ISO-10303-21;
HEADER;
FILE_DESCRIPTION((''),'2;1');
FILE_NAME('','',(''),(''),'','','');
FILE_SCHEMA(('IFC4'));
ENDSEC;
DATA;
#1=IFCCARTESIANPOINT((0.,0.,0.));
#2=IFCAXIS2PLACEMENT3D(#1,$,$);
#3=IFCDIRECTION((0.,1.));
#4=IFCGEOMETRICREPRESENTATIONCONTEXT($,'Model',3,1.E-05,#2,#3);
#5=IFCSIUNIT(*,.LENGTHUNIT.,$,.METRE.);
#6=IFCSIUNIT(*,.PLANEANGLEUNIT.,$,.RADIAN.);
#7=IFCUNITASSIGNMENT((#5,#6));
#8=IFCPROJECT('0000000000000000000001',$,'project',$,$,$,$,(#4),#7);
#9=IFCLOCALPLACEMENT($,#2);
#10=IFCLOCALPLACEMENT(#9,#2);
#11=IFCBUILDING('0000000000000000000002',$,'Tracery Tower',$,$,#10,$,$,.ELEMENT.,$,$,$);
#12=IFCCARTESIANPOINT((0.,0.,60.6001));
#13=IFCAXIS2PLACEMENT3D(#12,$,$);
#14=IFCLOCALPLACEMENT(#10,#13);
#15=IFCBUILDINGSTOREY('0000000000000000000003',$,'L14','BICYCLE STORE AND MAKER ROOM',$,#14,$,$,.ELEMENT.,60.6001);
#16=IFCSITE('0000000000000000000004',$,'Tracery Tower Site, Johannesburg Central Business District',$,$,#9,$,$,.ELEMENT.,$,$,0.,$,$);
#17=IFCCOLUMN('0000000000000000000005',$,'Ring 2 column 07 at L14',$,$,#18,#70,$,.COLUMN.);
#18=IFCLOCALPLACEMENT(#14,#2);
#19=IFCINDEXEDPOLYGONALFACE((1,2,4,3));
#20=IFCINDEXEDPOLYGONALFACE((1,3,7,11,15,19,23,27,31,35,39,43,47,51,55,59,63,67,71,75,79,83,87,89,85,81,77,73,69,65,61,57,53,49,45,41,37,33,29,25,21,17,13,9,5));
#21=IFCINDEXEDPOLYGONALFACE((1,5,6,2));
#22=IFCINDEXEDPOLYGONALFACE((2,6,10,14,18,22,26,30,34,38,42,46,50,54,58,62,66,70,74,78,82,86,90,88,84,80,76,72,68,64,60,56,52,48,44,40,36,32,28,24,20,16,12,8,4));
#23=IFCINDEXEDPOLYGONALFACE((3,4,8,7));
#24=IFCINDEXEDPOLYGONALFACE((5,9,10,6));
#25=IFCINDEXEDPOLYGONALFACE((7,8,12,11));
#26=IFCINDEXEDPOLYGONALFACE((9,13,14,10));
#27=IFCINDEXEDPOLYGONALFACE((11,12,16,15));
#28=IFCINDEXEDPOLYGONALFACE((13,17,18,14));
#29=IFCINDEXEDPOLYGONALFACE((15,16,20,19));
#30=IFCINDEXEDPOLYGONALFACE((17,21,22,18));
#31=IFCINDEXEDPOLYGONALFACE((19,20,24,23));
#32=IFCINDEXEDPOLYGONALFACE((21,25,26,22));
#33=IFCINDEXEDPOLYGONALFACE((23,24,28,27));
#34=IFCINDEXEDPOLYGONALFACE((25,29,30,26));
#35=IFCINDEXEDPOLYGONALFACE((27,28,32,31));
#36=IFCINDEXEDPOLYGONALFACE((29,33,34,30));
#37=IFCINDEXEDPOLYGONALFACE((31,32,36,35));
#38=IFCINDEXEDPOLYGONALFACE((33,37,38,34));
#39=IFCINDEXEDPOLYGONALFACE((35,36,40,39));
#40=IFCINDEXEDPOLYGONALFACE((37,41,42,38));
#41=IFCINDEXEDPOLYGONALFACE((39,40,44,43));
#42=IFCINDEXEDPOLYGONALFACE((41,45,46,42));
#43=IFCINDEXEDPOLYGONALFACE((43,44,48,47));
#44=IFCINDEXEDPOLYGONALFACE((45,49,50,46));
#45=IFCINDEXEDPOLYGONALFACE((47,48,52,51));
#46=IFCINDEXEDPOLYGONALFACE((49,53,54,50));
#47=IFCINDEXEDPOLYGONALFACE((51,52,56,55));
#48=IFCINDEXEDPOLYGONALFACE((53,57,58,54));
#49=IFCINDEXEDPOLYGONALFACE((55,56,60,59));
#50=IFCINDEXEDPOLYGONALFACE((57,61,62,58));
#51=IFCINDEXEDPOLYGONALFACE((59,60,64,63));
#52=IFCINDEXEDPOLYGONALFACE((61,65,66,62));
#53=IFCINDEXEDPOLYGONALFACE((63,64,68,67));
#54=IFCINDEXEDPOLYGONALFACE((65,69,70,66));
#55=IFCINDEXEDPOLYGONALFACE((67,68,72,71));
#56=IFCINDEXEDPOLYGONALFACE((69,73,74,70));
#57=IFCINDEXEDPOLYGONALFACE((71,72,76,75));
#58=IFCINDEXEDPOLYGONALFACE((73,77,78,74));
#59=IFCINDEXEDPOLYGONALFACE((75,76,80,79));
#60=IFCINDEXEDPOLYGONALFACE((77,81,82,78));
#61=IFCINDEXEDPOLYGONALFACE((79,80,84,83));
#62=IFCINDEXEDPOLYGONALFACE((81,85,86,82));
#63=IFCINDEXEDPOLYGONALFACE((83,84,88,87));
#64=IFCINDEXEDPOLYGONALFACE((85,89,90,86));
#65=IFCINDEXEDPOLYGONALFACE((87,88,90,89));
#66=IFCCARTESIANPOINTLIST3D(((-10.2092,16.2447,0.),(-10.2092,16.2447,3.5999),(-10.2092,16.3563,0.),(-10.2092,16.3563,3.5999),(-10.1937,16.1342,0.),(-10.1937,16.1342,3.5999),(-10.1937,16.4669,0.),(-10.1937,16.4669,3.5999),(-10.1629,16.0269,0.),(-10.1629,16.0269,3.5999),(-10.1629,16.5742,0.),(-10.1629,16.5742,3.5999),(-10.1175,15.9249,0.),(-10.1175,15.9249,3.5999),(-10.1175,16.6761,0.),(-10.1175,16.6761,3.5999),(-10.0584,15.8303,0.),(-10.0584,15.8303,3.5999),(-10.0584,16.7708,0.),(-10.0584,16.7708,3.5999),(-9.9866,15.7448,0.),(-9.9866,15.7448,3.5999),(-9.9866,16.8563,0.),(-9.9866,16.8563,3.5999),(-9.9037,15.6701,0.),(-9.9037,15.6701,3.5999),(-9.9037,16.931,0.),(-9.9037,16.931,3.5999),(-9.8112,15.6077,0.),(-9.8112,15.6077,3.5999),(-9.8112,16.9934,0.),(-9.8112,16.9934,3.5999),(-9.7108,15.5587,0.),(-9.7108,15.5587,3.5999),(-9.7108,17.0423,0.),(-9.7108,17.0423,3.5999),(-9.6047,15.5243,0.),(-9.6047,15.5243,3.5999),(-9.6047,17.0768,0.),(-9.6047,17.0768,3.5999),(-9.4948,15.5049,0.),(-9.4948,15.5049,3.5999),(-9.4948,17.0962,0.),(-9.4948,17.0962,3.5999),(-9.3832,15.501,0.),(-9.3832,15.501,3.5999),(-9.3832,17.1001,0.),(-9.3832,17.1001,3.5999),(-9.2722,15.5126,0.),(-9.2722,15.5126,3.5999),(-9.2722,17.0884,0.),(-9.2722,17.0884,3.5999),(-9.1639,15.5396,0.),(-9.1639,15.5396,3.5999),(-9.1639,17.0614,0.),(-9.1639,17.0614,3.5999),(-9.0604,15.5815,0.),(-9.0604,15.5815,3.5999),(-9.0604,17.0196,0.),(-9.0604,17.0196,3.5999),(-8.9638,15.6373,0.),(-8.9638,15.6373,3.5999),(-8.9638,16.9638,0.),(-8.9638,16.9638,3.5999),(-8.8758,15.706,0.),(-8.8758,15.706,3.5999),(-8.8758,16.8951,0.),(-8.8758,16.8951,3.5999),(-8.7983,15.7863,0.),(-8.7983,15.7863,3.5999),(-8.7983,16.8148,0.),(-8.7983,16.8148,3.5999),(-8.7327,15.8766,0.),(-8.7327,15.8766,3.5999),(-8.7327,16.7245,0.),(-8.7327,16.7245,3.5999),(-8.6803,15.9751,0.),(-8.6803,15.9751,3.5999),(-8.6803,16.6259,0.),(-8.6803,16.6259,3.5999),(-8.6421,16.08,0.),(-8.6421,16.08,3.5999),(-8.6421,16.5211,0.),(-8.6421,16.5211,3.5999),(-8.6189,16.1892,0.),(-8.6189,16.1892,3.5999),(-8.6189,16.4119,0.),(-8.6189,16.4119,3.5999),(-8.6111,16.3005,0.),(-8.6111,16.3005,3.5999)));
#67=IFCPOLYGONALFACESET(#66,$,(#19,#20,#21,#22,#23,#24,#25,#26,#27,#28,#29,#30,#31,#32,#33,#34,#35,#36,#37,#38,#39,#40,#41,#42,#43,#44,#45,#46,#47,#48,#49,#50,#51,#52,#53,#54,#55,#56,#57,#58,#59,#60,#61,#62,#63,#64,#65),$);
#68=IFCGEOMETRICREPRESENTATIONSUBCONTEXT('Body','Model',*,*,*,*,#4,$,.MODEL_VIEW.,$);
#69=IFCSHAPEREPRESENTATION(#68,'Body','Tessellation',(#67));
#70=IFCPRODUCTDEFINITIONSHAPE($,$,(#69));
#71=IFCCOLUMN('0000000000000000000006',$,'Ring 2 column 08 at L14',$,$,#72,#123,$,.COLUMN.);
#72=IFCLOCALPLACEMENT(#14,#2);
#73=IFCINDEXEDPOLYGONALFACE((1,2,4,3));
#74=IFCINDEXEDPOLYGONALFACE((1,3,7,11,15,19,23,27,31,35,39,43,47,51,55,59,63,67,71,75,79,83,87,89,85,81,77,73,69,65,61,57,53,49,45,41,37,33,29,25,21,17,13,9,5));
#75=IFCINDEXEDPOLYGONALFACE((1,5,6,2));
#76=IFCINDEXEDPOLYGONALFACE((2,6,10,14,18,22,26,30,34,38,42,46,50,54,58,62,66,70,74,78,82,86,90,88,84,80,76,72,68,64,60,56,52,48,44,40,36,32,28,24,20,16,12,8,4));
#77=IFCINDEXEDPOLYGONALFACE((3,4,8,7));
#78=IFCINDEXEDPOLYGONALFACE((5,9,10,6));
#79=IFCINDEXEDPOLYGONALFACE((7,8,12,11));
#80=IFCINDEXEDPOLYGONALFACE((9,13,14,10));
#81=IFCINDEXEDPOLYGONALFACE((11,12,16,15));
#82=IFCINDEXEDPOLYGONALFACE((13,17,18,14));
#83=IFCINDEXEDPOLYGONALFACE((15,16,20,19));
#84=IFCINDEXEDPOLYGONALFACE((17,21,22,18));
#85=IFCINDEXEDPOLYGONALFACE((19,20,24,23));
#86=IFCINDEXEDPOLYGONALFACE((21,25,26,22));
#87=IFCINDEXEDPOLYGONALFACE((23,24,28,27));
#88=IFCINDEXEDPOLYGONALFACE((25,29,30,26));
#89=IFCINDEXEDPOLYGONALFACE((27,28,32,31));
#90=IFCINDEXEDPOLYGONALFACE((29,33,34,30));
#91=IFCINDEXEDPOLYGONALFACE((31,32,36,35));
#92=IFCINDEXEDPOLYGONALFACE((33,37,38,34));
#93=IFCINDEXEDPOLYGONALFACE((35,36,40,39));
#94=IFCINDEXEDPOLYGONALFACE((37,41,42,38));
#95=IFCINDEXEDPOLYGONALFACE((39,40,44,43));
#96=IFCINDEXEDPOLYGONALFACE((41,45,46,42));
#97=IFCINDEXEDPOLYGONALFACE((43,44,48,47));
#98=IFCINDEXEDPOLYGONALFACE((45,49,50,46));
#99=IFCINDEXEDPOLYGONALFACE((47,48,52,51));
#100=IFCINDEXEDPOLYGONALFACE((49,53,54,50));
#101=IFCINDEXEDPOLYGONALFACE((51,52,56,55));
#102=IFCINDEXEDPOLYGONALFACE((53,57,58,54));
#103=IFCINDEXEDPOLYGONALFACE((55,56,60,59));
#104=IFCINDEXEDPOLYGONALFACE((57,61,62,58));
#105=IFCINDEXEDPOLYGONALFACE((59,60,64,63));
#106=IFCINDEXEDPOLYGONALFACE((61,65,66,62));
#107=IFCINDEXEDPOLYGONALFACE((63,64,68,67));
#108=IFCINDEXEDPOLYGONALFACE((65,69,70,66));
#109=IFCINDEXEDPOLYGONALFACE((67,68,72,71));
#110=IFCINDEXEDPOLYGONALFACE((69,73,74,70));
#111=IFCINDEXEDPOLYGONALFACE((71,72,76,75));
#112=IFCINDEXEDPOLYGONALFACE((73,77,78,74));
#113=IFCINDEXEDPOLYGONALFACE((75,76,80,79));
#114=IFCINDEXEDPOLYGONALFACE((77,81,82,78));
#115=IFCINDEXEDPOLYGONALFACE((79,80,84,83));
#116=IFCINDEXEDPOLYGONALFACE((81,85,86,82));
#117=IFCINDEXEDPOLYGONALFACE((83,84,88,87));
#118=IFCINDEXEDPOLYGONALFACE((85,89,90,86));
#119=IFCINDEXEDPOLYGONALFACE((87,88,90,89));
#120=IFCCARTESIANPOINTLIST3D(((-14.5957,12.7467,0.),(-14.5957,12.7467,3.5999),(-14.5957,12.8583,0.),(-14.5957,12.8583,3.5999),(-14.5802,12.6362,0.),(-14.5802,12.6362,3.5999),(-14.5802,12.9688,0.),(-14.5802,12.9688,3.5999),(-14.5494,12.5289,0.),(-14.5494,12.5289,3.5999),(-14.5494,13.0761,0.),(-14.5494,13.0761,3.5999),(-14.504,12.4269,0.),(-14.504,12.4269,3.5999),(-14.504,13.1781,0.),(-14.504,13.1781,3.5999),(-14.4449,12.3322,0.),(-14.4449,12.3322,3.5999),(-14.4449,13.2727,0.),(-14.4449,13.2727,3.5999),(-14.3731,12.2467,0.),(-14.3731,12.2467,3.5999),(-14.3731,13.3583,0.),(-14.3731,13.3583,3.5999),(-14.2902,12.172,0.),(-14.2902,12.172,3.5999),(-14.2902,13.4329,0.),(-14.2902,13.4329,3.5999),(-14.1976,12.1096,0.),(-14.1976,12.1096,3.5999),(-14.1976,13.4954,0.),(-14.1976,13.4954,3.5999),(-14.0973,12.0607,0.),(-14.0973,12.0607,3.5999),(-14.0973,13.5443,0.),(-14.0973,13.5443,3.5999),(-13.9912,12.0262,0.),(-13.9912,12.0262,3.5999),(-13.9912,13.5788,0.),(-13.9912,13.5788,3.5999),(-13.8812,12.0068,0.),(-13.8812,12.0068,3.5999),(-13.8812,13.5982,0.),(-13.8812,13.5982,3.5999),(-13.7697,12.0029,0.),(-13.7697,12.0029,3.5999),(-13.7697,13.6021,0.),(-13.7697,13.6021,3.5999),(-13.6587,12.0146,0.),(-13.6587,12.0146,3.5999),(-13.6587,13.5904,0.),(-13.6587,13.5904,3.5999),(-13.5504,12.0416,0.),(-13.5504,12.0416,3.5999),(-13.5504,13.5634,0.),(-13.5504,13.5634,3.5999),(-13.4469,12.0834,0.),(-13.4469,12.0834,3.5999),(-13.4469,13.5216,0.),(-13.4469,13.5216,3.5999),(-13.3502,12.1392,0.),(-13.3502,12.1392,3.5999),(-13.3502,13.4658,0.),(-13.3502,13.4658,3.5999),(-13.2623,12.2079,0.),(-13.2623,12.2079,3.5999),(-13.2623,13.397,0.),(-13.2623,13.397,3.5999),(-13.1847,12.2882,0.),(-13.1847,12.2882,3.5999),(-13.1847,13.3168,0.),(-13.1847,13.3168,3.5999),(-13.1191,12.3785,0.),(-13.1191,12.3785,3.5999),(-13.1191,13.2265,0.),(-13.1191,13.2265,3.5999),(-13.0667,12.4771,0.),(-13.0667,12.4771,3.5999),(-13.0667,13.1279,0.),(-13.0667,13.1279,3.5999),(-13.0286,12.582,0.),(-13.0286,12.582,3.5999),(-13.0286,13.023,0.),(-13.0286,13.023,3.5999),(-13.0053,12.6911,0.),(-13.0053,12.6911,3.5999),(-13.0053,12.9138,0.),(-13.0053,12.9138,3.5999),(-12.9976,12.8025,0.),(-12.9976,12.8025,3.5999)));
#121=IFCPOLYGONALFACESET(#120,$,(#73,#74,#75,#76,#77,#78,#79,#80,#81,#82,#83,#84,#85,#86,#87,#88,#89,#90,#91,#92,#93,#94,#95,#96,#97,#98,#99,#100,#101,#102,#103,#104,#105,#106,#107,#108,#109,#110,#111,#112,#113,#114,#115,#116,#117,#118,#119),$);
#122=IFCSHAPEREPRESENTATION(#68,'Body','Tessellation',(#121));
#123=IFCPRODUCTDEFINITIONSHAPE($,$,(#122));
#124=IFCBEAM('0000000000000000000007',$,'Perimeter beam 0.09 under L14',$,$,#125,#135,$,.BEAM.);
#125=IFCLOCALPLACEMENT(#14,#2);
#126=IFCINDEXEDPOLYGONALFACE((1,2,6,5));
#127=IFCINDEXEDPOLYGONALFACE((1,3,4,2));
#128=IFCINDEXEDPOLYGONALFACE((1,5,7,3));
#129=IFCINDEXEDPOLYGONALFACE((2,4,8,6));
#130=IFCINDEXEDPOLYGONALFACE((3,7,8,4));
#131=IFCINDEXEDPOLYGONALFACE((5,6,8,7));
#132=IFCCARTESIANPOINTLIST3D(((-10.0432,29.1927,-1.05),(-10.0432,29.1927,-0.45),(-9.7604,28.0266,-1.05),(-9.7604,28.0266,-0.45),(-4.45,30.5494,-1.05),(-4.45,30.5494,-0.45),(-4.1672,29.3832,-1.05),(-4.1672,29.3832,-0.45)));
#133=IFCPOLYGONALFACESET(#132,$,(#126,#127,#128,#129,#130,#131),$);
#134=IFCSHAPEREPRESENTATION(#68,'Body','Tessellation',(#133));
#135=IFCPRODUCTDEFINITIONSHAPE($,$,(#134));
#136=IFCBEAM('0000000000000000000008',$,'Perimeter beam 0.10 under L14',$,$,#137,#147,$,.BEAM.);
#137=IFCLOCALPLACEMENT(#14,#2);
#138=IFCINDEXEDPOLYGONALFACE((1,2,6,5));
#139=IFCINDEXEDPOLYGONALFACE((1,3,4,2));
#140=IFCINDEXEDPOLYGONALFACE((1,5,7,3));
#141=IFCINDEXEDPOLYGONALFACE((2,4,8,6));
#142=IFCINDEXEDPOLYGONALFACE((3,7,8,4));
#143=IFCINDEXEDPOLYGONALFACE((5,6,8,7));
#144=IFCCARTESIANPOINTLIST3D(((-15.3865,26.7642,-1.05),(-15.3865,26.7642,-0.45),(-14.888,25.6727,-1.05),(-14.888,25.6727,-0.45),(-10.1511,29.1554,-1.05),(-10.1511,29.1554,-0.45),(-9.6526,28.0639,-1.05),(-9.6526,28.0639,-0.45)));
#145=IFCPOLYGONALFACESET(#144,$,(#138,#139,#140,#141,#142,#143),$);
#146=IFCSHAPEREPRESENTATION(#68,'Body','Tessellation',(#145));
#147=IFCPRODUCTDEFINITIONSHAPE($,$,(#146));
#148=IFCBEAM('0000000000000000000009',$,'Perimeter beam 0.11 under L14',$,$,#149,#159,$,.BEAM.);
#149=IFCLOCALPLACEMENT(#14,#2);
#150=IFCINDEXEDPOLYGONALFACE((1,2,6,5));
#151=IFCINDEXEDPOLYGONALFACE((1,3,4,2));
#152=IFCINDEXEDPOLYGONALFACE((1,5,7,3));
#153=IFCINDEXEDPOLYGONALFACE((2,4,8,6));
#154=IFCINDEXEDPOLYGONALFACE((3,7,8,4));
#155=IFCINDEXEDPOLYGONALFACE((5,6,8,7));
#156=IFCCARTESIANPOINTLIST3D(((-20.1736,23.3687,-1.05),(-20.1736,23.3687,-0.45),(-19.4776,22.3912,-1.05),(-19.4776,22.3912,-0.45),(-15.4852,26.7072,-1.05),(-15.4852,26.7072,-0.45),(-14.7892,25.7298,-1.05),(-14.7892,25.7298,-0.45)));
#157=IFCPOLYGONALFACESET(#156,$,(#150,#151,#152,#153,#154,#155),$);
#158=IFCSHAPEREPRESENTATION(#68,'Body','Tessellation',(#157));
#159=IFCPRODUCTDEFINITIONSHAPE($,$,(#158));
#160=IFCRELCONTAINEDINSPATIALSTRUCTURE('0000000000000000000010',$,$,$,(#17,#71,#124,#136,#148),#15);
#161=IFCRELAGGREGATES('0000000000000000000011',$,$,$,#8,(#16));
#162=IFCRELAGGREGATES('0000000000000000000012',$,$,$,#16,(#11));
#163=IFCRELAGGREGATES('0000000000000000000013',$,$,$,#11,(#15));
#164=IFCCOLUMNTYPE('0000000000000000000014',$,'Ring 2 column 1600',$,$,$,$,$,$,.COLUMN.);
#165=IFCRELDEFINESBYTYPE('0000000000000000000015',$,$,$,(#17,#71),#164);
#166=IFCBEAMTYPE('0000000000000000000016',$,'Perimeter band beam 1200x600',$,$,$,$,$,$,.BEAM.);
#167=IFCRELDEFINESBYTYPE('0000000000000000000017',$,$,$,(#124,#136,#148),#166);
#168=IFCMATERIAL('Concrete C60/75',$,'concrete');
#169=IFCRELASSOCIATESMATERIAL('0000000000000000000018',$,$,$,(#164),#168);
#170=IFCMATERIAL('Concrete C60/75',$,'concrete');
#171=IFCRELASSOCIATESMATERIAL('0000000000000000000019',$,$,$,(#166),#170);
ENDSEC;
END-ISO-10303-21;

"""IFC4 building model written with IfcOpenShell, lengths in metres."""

from ifc_helpers import new_model, si_unit, direction, frame, origin, origin_2d, place, context, subcontext, project, spatial, rectangle, circle, extrude, material, material_profile, profile_set, type_object, element, save


model = new_model("IFC4")

# Units and contexts
model_context = context("Model", 3, precision=1e-05, world=origin(), true_north=direction((0.0, 1.0)))
body_context = subcontext(model_context, "Body", "Model", "MODEL_VIEW")
ifc_project = project(units=[si_unit("LENGTHUNIT", "METRE"), si_unit("PLANEANGLEUNIT", "RADIAN")], contexts=[model_context])

# Site, building, storey
site_placement = place(None, origin())
site = spatial("IfcSite", under=ifc_project, at=site_placement, Name="Tracery Tower Site, Johannesburg Central Business District", CompositionType="ELEMENT", RefElevation=0.0)
building_placement = place(site_placement, origin())
building = spatial("IfcBuilding", under=site, at=building_placement, Name="Tracery Tower", CompositionType="ELEMENT")
storey_placement = place(building_placement, frame((0.0, 0.0, 60.6001)))
storey = spatial("IfcBuildingStorey", under=building, at=storey_placement, Name="L14", Description="BICYCLE STORE AND MAKER ROOM", CompositionType="ELEMENT", Elevation=60.6001)

# Columns
ifc_material_1 = material(Name="Concrete C60/75", Category="concrete")
ifc_material_profile_1 = material_profile(ifc_material_1, circle(Radius=0.8, at=origin_2d()), Name="RC D1600")
ifc_profile_set_1 = profile_set([ifc_material_profile_1], Name="Concrete C60/75")
column_type_1 = type_object("IfcColumnType", Name="Ring 2 column 1600", PredefinedType="COLUMN", material=ifc_profile_set_1)
for number, where, z_axis, x_axis, name in (
    (1, (-9.4111, 16.3005, 0.0), (0.0, 0.0, 1.0), (1.0, 0.0, 0.0), "Ring 2 column 07 at L14"),
    (2, (-13.7976, 12.8025, 0.0), (0.0, 0.0, 1.0), (1.0, 0.0, 0.0), "Ring 2 column 08 at L14"),
):
    element("IfcColumn", number, at=place(storey_placement, frame(where, z_axis=z_axis, x_axis=x_axis)), inside=storey, type_object=column_type_1, Name=name, PredefinedType="COLUMN", context=body_context, shape_type="SweptSolid", body=[
        extrude(circle(Radius=0.8, at=origin_2d()), origin(), (0.0, 0.0, 1.0), 3.5999),
    ])

# Beams
ifc_material_2 = material(Name="Concrete C60/75", Category="concrete")
ifc_material_profile_2 = material_profile(ifc_material_2, rectangle(XDim=1.2, YDim=0.6001, at=origin_2d()), Name="RC 1200x600")
ifc_profile_set_2 = profile_set([ifc_material_profile_2], Name="Concrete C60/75")
beam_type = type_object("IfcBeamType", Name="Perimeter band beam 1200x600", PredefinedType="BEAM", material=ifc_profile_set_2)
beam_placement = place(storey_placement, frame((-4.3086, 29.9663, -0.75), z_axis=(-0.97182, -0.235723, 0.0), x_axis=(0.235723, -0.97182, 0.0)))
element("IfcBeam", 3, at=beam_placement, inside=storey, type_object=beam_type, Name="Perimeter beam 0.09 under L14", PredefinedType="BEAM", context=body_context, shape_type="SweptSolid", body=[
    extrude(rectangle(XDim=1.2, YDim=0.6001, at=origin_2d()), origin(), (0.0, 0.0, 1.0), 5.7554),
])
for number, where, z_axis, x_axis, name in (
    (4, (-9.9019, 28.6096, -0.75), (-0.909618, -0.415445, 0.0), (0.415445, -0.909618, 0.0), "Perimeter beam 0.10 under L14"),
    (5, (-15.1372, 26.2185, -0.75), (-0.814578, -0.580054, 0.0), (0.580054, -0.814578, 0.0), "Perimeter beam 0.11 under L14"),
):
    element("IfcBeam", number, at=place(storey_placement, frame(where, z_axis=z_axis, x_axis=x_axis)), inside=storey, type_object=beam_type, Name=name, PredefinedType="BEAM", context=body_context, shape_type="SweptSolid", body=[
        extrude(rectangle(XDim=1.2, YDim=0.6001, at=origin_2d()), origin(), (0.0, 0.0, 1.0), 5.7556),
    ])

save(model, "model.ifc")
